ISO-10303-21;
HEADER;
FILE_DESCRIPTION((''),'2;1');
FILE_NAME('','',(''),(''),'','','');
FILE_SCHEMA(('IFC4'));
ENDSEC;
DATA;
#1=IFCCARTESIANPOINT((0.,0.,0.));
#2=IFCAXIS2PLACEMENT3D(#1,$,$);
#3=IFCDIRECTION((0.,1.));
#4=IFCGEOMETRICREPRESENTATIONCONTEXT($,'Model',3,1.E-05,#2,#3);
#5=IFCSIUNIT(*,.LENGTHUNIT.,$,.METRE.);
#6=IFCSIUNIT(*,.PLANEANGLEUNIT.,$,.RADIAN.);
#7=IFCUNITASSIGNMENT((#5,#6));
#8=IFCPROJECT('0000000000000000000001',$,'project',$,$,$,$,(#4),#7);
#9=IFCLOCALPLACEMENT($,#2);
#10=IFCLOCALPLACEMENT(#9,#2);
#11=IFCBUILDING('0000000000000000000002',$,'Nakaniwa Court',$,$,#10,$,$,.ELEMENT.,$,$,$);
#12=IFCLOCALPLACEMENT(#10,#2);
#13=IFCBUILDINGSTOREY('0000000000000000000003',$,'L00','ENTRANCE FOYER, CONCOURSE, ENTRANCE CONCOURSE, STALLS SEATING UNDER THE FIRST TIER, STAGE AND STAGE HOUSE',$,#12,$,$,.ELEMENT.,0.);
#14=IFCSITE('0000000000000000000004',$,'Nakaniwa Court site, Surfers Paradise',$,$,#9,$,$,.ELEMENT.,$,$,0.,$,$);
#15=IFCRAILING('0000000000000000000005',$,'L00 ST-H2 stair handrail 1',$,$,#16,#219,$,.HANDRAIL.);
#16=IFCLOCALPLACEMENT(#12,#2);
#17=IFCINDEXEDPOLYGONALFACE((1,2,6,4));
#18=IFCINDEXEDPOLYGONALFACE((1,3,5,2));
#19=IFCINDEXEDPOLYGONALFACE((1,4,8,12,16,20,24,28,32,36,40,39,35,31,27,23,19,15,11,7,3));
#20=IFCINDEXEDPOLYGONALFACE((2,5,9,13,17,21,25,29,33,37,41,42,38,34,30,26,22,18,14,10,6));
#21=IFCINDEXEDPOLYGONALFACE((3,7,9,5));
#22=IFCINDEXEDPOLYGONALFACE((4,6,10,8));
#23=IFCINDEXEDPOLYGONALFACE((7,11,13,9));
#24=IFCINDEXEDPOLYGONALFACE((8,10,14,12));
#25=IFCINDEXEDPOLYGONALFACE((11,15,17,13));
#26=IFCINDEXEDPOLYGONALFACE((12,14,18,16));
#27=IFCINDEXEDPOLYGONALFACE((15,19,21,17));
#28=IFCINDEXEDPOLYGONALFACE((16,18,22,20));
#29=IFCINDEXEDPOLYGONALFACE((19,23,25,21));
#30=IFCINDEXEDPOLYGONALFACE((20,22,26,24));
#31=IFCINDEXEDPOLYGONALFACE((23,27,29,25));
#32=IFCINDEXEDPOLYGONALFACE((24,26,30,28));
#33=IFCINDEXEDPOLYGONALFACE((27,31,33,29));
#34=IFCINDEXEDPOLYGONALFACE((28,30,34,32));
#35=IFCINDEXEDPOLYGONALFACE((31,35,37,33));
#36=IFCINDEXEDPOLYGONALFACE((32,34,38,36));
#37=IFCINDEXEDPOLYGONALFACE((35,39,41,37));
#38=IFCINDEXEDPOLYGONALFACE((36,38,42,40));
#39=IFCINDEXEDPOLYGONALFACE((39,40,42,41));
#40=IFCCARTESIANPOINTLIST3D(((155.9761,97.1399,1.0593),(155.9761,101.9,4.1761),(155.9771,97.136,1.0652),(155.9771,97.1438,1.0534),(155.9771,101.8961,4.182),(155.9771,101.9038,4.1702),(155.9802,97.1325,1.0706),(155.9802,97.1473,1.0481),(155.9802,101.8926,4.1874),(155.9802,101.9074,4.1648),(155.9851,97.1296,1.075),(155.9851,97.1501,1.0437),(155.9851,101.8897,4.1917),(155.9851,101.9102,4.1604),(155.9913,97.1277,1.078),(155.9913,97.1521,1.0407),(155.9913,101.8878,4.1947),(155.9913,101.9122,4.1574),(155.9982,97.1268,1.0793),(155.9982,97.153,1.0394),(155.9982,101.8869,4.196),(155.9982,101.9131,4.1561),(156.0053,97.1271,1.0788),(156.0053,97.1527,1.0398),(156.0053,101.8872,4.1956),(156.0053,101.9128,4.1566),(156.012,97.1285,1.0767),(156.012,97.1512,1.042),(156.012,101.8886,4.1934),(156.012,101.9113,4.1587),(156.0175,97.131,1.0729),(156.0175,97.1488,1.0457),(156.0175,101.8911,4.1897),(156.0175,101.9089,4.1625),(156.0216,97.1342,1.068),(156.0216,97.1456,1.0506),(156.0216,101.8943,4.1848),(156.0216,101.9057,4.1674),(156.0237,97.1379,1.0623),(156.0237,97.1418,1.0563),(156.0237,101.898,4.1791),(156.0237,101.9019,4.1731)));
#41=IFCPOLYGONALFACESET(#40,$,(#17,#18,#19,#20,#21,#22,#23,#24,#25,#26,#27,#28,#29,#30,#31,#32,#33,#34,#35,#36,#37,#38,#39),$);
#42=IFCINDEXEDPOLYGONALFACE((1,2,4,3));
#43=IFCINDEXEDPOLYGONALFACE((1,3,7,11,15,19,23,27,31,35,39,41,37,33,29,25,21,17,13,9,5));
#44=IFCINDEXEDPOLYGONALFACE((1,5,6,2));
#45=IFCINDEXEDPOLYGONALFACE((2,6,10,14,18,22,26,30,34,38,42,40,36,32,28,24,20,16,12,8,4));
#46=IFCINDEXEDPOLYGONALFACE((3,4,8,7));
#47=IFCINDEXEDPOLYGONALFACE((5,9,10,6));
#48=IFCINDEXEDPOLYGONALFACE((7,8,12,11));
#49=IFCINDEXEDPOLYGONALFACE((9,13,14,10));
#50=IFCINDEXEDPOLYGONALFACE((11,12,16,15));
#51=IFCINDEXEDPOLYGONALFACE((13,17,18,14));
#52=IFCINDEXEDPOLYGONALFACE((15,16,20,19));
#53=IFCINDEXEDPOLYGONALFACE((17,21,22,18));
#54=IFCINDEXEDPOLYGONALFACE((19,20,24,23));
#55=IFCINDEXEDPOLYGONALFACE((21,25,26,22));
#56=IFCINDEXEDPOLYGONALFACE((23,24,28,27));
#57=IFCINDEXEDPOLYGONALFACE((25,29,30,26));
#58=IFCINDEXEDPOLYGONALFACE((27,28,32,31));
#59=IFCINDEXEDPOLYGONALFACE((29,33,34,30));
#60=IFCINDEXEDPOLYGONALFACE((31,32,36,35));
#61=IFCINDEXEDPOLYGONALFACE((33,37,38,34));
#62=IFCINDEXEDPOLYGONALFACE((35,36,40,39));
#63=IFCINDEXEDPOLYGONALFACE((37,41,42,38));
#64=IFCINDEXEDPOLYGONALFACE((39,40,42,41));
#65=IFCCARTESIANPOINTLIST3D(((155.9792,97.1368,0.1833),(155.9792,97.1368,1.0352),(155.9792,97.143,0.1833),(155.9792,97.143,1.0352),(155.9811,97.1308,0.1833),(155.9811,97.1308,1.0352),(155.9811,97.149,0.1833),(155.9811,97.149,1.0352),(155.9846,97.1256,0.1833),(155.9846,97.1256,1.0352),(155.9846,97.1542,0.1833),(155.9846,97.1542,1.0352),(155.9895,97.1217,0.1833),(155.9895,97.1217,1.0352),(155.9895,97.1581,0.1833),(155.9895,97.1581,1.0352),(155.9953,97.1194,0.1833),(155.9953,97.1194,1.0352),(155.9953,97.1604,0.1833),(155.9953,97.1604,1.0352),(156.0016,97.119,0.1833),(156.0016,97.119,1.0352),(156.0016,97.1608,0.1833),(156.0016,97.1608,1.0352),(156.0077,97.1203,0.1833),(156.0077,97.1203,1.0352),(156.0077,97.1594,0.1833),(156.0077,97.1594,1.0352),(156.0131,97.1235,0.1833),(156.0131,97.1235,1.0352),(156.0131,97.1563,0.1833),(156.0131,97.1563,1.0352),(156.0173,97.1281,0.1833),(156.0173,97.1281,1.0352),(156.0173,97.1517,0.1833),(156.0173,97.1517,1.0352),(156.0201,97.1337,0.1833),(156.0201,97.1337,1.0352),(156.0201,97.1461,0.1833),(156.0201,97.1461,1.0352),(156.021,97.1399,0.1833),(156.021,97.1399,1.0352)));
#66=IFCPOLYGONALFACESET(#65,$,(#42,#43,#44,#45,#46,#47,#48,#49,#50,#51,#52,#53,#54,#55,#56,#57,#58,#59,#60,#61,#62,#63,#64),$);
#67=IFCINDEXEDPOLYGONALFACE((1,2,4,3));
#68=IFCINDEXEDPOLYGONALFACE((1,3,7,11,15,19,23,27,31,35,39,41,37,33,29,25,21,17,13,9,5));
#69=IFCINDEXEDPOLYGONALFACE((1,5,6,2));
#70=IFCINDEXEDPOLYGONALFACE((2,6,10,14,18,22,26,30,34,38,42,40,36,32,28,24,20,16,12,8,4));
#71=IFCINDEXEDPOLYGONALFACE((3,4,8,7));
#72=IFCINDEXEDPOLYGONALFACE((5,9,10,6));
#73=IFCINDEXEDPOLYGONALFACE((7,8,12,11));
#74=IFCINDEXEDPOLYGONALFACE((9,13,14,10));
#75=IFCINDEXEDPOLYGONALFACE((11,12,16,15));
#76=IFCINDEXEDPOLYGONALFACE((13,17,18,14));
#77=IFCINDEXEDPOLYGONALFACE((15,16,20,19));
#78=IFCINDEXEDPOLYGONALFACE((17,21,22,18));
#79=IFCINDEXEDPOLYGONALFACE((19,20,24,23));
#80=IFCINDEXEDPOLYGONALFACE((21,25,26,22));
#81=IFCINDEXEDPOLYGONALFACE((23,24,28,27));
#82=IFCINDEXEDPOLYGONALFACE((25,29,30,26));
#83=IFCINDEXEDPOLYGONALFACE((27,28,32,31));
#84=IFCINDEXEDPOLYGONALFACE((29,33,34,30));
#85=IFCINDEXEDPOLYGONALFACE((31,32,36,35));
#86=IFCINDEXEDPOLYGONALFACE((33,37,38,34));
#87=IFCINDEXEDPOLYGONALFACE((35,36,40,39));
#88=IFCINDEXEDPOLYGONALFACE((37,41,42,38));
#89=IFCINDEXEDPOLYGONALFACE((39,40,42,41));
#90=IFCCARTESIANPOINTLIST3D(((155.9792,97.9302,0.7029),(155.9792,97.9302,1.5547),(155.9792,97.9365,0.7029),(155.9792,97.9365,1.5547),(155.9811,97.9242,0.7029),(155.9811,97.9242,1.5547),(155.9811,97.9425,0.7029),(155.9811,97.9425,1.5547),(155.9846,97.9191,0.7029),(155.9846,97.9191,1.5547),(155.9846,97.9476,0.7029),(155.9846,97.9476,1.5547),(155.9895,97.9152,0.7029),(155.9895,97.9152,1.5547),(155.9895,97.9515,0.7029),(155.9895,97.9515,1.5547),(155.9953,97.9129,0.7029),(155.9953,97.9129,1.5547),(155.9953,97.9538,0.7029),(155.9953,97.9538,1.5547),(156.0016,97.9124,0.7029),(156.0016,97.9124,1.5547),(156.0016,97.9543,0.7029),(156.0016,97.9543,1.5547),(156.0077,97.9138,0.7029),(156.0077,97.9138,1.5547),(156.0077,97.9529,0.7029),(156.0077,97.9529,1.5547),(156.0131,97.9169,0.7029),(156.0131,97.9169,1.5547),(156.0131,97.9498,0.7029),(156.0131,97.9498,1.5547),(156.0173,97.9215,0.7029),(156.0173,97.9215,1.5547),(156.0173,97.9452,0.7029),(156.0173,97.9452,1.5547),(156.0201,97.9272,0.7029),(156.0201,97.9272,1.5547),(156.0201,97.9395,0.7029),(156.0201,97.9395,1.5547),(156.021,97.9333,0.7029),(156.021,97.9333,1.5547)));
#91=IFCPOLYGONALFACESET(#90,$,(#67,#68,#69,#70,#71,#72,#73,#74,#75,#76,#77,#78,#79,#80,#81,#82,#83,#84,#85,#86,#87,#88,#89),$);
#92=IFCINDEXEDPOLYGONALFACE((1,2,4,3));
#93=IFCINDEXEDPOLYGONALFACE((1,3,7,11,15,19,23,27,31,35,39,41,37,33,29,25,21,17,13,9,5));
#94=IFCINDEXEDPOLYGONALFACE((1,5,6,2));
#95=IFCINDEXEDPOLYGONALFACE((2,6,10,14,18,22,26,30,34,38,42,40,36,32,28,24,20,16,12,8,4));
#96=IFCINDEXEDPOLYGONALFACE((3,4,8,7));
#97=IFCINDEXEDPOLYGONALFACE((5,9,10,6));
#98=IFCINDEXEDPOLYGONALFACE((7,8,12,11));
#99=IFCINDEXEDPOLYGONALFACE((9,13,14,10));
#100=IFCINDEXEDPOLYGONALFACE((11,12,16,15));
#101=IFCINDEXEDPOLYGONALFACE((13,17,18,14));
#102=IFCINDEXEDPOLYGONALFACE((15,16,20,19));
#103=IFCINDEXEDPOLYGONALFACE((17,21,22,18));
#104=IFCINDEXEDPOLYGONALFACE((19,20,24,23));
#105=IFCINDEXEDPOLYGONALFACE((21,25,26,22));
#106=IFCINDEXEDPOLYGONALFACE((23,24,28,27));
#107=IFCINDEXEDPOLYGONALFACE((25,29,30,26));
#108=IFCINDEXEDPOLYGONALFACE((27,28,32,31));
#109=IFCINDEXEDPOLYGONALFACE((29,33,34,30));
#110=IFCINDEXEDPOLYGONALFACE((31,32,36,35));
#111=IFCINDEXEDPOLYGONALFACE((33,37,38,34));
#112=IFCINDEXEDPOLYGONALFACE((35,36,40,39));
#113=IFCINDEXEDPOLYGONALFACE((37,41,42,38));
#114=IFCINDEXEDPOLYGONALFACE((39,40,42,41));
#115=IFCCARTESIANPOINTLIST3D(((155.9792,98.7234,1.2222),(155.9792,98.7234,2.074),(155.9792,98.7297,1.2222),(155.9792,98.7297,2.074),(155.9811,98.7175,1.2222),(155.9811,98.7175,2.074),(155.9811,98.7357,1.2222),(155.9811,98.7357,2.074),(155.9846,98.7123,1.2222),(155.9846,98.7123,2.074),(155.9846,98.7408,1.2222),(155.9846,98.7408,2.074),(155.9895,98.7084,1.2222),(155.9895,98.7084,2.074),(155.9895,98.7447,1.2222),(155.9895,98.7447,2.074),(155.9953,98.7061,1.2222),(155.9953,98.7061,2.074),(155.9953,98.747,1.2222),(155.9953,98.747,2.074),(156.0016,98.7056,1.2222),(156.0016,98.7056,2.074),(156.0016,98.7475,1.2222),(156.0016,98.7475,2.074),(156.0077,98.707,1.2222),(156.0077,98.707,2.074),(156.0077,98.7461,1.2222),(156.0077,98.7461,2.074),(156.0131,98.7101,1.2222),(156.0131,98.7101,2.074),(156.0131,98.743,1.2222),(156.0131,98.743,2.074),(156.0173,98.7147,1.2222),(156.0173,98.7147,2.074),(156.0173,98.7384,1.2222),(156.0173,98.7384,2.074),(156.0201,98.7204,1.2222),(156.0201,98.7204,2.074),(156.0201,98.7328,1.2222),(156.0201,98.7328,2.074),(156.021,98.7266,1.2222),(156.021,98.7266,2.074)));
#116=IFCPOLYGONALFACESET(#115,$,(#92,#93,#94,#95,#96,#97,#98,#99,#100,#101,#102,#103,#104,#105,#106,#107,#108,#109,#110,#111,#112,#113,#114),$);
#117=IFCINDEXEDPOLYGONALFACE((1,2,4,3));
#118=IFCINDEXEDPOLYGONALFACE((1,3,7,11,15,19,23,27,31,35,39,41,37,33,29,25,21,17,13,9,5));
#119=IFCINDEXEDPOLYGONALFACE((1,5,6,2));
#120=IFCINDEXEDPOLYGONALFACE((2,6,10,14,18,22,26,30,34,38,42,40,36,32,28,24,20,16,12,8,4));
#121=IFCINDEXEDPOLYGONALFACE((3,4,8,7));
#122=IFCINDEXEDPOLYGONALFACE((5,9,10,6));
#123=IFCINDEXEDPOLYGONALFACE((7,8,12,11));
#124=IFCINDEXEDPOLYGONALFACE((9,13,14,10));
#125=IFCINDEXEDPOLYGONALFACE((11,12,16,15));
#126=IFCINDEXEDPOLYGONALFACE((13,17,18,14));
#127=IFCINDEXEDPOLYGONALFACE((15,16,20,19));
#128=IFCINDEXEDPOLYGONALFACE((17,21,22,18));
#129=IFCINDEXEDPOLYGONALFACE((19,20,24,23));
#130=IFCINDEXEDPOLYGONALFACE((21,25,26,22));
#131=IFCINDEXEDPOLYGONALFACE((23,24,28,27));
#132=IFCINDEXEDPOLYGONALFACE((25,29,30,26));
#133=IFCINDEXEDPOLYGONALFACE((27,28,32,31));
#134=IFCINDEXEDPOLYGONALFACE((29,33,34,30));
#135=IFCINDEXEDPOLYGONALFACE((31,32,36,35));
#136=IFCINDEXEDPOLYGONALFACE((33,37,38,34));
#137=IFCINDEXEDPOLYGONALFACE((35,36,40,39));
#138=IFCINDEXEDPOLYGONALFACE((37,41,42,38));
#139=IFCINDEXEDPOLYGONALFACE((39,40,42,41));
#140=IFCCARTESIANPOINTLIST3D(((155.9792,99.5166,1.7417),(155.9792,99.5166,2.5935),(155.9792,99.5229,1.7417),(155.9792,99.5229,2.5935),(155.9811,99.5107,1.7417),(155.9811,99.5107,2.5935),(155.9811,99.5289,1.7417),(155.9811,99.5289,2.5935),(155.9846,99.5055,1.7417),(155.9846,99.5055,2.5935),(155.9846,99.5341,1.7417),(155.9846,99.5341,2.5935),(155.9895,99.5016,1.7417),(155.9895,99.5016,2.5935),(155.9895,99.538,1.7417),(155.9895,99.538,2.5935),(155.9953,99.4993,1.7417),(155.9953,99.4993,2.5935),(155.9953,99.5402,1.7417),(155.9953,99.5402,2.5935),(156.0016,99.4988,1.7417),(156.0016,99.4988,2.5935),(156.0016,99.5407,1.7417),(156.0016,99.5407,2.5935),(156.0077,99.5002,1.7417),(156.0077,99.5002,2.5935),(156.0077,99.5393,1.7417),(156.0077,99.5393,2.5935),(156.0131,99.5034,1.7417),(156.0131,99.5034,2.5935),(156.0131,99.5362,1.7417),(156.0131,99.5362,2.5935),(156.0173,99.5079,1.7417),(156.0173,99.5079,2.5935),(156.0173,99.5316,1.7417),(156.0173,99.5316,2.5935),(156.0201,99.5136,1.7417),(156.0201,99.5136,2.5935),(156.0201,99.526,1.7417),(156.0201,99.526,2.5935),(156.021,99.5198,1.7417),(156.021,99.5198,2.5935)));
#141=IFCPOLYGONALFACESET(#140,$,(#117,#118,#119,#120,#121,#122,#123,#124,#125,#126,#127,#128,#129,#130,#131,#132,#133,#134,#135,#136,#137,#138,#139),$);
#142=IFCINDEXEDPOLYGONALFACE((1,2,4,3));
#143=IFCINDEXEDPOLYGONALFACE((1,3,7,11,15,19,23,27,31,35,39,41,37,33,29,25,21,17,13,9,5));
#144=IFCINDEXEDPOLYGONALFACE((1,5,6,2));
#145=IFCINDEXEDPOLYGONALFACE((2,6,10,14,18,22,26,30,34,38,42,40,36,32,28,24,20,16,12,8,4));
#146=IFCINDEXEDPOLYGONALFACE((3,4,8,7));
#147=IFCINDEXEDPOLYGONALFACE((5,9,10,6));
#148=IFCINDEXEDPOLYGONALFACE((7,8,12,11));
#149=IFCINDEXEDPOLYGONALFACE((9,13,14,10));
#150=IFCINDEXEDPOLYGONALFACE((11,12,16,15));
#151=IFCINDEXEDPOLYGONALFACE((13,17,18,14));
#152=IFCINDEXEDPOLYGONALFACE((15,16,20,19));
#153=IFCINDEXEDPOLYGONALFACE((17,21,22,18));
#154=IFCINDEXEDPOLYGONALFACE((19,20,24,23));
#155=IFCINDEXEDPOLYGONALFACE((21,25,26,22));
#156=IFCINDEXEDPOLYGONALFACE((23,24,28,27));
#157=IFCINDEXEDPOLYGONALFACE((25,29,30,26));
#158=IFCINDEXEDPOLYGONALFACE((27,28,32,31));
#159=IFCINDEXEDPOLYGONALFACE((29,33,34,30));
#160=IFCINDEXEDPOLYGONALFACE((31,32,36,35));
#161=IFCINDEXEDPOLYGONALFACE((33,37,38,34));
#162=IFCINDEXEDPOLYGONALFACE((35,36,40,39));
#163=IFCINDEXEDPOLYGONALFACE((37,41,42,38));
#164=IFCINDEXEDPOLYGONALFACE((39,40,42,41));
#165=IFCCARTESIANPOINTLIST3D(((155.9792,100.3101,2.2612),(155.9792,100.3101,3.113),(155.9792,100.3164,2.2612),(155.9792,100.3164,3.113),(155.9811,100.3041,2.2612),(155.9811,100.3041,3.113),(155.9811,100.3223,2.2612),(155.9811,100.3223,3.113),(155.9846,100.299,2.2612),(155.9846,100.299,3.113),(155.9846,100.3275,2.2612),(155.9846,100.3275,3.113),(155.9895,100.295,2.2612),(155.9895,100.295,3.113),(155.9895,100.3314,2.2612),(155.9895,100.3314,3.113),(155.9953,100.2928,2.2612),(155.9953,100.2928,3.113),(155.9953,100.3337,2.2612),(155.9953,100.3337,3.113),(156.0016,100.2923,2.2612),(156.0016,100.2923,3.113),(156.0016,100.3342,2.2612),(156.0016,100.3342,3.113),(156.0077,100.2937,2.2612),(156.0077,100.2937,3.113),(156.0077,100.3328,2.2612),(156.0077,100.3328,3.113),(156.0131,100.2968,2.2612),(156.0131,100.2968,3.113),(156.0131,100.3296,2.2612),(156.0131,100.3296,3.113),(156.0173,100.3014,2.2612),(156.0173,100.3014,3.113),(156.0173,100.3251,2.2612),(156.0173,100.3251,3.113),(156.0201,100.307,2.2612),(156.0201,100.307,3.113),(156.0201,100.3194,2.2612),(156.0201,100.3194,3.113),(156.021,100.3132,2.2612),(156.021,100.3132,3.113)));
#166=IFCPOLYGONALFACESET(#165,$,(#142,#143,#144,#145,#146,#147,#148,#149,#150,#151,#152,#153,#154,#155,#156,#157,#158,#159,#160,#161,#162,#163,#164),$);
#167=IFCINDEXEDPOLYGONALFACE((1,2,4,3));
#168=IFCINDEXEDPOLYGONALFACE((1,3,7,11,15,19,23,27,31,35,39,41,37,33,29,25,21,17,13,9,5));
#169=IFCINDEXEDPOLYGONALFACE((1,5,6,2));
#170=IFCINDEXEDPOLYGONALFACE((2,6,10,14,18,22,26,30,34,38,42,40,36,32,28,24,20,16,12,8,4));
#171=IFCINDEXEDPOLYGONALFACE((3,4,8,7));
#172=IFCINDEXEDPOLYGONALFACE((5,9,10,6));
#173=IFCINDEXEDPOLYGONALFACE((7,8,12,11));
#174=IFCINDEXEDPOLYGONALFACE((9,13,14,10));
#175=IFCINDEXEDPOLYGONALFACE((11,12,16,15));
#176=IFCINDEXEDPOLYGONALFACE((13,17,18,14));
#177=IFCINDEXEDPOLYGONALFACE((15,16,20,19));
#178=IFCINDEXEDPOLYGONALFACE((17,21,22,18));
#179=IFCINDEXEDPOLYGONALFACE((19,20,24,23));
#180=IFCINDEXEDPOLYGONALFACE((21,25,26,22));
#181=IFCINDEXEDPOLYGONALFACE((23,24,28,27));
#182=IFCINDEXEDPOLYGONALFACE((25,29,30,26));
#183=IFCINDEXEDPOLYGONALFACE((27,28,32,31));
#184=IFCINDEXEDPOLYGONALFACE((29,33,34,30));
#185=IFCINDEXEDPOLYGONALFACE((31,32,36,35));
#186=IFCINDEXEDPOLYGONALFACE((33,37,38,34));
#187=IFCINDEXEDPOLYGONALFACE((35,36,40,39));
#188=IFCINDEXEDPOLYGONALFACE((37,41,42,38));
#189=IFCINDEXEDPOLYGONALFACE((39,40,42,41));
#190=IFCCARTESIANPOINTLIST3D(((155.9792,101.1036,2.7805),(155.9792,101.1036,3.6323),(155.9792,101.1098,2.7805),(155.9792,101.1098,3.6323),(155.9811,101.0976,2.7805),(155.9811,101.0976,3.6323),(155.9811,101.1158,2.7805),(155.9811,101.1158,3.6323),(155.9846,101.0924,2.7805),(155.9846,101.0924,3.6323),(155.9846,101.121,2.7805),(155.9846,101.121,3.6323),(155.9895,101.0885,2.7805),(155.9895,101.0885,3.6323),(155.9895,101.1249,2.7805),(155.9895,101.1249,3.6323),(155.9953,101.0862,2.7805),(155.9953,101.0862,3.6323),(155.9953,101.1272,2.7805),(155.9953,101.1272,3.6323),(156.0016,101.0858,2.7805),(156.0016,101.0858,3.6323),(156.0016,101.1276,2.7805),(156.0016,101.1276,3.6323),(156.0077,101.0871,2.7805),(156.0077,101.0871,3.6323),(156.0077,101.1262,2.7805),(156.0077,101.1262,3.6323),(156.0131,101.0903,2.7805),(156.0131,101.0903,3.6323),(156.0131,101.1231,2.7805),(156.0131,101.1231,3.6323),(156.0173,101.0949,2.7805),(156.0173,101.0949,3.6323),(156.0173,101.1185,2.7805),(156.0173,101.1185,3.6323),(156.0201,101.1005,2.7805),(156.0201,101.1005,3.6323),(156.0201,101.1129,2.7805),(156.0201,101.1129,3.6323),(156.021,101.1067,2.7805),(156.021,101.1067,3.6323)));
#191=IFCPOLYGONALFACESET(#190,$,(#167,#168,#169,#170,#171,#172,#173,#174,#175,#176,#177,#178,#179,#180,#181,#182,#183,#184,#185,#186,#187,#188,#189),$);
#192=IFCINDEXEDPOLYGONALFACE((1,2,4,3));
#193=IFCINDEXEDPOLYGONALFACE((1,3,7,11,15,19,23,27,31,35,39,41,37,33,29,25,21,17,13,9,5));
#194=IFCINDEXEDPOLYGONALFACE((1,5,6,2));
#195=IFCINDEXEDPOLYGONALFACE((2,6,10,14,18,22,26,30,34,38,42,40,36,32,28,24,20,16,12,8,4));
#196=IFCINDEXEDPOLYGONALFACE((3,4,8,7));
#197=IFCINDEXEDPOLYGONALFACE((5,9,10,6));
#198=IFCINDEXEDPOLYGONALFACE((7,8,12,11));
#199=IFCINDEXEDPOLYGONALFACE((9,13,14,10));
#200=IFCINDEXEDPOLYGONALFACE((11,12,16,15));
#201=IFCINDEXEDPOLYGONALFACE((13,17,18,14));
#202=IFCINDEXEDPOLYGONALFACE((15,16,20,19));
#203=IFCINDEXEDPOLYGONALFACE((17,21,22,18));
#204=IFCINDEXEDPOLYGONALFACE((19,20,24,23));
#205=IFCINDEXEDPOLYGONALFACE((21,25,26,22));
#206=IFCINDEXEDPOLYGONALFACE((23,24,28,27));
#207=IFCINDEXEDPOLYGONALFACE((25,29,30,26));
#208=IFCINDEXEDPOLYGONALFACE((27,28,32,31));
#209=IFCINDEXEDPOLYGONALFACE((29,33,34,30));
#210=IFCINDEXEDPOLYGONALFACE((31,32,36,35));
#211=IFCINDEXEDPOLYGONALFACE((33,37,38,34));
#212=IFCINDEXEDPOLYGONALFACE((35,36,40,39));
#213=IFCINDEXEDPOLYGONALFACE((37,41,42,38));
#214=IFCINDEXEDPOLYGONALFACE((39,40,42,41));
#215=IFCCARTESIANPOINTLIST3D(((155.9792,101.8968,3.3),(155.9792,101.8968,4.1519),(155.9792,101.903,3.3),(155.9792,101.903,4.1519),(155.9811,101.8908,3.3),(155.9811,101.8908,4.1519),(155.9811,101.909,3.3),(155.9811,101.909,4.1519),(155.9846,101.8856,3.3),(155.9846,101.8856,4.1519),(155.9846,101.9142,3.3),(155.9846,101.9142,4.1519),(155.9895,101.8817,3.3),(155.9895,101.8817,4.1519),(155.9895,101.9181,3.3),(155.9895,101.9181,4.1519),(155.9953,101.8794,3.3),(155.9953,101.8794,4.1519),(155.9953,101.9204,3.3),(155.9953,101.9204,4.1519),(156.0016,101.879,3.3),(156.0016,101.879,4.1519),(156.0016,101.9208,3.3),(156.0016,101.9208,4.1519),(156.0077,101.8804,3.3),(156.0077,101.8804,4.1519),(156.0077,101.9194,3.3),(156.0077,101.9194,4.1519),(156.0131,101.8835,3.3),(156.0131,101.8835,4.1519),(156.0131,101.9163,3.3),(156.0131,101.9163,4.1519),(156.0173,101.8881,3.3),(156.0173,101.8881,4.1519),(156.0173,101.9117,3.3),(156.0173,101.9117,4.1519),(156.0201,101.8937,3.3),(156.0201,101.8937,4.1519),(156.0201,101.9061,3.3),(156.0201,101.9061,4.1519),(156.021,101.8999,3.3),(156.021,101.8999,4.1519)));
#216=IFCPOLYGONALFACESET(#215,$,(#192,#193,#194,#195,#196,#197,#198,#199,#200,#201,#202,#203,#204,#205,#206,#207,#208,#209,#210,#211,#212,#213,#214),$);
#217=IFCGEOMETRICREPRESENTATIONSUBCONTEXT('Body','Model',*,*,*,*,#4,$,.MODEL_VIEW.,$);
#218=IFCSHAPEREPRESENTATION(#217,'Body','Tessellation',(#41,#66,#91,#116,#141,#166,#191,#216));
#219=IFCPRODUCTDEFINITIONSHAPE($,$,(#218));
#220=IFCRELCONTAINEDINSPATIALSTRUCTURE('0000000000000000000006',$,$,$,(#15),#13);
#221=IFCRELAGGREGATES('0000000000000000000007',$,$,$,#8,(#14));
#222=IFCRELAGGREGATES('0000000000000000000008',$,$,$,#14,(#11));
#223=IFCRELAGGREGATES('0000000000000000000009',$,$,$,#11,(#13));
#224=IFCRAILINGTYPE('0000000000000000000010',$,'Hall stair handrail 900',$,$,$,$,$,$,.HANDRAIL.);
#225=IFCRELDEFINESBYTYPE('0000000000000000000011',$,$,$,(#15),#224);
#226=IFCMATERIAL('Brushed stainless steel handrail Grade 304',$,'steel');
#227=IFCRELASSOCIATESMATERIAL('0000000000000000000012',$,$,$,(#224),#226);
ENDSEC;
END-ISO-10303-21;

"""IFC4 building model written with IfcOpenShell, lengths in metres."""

from ifc_helpers import new_model, si_unit, direction, frame, origin, origin_2d, place, context, subcontext, project, spatial, circle, extrude, material, type_object, element, save


model = new_model("IFC4")

# Units and contexts
model_context = context("Model", 3, precision=1e-05, world=origin(), true_north=direction((0.0, 1.0)))
body_context = subcontext(model_context, "Body", "Model", "MODEL_VIEW")
ifc_project = project(units=[si_unit("LENGTHUNIT", "METRE"), si_unit("PLANEANGLEUNIT", "RADIAN")], contexts=[model_context])

# Site, building, storey
site_placement = place(None, origin())
site = spatial("IfcSite", under=ifc_project, at=site_placement, Name="Nakaniwa Court site, Surfers Paradise", CompositionType="ELEMENT", RefElevation=0.0)
building_placement = place(site_placement, origin())
building = spatial("IfcBuilding", under=site, at=building_placement, Name="Nakaniwa Court", CompositionType="ELEMENT")
storey_placement = place(building_placement, origin())
storey = spatial("IfcBuildingStorey", under=building, at=storey_placement, Name="L00", Description="ENTRANCE FOYER, CONCOURSE, ENTRANCE CONCOURSE, STALLS SEATING UNDER THE FIRST TIER, STAGE AND STAGE HOUSE", CompositionType="ELEMENT", Elevation=0.0)

# Railing
ifc_material_1 = material(Name="Brushed stainless steel handrail Grade 304", Category="steel")
railing_type = type_object("IfcRailingType", Name="Hall stair handrail 900", PredefinedType="HANDRAIL", material=ifc_material_1)
railing_placement = place(storey_placement, frame((156.0, 97.1399, 0.1833)))
element("IfcRailing", 1, at=railing_placement, inside=storey, type_object=railing_type, Name="L00 ST-H2 stair handrail 1", PredefinedType="HANDRAIL", context=body_context, shape_type="SweptSolid", body=[
    extrude(circle(Radius=0.0239, at=origin_2d()), frame((0.0, 0.0, 0.876), z_axis=(0.0, 0.836616, 0.547789), x_axis=(-1.0, 0.0, 0.0)), (0.0, 0.0, 1.0), 5.6897),
    extrude(circle(Radius=0.021, at=origin_2d()), origin(), (0.0, 0.0, 1.0), 0.8518),
    extrude(circle(Radius=0.021, at=origin_2d()), frame((0.0, 0.7935, 0.5195)), (0.0, 0.0, 1.0), 0.8518),
    extrude(circle(Radius=0.021, at=origin_2d()), frame((0.0, 1.5867, 1.0388)), (0.0, 0.0, 1.0), 0.8518),
    extrude(circle(Radius=0.021, at=origin_2d()), frame((0.0, 2.3799, 1.5583)), (0.0, 0.0, 1.0), 0.8518),
    extrude(circle(Radius=0.021, at=origin_2d()), frame((0.0, 3.1733, 2.0779)), (0.0, 0.0, 1.0), 0.8518),
    extrude(circle(Radius=0.021, at=origin_2d()), frame((0.0, 3.9668, 2.5972)), (0.0, 0.0, 1.0), 0.8518),
    extrude(circle(Radius=0.021, at=origin_2d()), frame((0.0, 4.76, 3.1167)), (0.0, 0.0, 1.0), 0.8518),
])

save(model, "model.ifc")
